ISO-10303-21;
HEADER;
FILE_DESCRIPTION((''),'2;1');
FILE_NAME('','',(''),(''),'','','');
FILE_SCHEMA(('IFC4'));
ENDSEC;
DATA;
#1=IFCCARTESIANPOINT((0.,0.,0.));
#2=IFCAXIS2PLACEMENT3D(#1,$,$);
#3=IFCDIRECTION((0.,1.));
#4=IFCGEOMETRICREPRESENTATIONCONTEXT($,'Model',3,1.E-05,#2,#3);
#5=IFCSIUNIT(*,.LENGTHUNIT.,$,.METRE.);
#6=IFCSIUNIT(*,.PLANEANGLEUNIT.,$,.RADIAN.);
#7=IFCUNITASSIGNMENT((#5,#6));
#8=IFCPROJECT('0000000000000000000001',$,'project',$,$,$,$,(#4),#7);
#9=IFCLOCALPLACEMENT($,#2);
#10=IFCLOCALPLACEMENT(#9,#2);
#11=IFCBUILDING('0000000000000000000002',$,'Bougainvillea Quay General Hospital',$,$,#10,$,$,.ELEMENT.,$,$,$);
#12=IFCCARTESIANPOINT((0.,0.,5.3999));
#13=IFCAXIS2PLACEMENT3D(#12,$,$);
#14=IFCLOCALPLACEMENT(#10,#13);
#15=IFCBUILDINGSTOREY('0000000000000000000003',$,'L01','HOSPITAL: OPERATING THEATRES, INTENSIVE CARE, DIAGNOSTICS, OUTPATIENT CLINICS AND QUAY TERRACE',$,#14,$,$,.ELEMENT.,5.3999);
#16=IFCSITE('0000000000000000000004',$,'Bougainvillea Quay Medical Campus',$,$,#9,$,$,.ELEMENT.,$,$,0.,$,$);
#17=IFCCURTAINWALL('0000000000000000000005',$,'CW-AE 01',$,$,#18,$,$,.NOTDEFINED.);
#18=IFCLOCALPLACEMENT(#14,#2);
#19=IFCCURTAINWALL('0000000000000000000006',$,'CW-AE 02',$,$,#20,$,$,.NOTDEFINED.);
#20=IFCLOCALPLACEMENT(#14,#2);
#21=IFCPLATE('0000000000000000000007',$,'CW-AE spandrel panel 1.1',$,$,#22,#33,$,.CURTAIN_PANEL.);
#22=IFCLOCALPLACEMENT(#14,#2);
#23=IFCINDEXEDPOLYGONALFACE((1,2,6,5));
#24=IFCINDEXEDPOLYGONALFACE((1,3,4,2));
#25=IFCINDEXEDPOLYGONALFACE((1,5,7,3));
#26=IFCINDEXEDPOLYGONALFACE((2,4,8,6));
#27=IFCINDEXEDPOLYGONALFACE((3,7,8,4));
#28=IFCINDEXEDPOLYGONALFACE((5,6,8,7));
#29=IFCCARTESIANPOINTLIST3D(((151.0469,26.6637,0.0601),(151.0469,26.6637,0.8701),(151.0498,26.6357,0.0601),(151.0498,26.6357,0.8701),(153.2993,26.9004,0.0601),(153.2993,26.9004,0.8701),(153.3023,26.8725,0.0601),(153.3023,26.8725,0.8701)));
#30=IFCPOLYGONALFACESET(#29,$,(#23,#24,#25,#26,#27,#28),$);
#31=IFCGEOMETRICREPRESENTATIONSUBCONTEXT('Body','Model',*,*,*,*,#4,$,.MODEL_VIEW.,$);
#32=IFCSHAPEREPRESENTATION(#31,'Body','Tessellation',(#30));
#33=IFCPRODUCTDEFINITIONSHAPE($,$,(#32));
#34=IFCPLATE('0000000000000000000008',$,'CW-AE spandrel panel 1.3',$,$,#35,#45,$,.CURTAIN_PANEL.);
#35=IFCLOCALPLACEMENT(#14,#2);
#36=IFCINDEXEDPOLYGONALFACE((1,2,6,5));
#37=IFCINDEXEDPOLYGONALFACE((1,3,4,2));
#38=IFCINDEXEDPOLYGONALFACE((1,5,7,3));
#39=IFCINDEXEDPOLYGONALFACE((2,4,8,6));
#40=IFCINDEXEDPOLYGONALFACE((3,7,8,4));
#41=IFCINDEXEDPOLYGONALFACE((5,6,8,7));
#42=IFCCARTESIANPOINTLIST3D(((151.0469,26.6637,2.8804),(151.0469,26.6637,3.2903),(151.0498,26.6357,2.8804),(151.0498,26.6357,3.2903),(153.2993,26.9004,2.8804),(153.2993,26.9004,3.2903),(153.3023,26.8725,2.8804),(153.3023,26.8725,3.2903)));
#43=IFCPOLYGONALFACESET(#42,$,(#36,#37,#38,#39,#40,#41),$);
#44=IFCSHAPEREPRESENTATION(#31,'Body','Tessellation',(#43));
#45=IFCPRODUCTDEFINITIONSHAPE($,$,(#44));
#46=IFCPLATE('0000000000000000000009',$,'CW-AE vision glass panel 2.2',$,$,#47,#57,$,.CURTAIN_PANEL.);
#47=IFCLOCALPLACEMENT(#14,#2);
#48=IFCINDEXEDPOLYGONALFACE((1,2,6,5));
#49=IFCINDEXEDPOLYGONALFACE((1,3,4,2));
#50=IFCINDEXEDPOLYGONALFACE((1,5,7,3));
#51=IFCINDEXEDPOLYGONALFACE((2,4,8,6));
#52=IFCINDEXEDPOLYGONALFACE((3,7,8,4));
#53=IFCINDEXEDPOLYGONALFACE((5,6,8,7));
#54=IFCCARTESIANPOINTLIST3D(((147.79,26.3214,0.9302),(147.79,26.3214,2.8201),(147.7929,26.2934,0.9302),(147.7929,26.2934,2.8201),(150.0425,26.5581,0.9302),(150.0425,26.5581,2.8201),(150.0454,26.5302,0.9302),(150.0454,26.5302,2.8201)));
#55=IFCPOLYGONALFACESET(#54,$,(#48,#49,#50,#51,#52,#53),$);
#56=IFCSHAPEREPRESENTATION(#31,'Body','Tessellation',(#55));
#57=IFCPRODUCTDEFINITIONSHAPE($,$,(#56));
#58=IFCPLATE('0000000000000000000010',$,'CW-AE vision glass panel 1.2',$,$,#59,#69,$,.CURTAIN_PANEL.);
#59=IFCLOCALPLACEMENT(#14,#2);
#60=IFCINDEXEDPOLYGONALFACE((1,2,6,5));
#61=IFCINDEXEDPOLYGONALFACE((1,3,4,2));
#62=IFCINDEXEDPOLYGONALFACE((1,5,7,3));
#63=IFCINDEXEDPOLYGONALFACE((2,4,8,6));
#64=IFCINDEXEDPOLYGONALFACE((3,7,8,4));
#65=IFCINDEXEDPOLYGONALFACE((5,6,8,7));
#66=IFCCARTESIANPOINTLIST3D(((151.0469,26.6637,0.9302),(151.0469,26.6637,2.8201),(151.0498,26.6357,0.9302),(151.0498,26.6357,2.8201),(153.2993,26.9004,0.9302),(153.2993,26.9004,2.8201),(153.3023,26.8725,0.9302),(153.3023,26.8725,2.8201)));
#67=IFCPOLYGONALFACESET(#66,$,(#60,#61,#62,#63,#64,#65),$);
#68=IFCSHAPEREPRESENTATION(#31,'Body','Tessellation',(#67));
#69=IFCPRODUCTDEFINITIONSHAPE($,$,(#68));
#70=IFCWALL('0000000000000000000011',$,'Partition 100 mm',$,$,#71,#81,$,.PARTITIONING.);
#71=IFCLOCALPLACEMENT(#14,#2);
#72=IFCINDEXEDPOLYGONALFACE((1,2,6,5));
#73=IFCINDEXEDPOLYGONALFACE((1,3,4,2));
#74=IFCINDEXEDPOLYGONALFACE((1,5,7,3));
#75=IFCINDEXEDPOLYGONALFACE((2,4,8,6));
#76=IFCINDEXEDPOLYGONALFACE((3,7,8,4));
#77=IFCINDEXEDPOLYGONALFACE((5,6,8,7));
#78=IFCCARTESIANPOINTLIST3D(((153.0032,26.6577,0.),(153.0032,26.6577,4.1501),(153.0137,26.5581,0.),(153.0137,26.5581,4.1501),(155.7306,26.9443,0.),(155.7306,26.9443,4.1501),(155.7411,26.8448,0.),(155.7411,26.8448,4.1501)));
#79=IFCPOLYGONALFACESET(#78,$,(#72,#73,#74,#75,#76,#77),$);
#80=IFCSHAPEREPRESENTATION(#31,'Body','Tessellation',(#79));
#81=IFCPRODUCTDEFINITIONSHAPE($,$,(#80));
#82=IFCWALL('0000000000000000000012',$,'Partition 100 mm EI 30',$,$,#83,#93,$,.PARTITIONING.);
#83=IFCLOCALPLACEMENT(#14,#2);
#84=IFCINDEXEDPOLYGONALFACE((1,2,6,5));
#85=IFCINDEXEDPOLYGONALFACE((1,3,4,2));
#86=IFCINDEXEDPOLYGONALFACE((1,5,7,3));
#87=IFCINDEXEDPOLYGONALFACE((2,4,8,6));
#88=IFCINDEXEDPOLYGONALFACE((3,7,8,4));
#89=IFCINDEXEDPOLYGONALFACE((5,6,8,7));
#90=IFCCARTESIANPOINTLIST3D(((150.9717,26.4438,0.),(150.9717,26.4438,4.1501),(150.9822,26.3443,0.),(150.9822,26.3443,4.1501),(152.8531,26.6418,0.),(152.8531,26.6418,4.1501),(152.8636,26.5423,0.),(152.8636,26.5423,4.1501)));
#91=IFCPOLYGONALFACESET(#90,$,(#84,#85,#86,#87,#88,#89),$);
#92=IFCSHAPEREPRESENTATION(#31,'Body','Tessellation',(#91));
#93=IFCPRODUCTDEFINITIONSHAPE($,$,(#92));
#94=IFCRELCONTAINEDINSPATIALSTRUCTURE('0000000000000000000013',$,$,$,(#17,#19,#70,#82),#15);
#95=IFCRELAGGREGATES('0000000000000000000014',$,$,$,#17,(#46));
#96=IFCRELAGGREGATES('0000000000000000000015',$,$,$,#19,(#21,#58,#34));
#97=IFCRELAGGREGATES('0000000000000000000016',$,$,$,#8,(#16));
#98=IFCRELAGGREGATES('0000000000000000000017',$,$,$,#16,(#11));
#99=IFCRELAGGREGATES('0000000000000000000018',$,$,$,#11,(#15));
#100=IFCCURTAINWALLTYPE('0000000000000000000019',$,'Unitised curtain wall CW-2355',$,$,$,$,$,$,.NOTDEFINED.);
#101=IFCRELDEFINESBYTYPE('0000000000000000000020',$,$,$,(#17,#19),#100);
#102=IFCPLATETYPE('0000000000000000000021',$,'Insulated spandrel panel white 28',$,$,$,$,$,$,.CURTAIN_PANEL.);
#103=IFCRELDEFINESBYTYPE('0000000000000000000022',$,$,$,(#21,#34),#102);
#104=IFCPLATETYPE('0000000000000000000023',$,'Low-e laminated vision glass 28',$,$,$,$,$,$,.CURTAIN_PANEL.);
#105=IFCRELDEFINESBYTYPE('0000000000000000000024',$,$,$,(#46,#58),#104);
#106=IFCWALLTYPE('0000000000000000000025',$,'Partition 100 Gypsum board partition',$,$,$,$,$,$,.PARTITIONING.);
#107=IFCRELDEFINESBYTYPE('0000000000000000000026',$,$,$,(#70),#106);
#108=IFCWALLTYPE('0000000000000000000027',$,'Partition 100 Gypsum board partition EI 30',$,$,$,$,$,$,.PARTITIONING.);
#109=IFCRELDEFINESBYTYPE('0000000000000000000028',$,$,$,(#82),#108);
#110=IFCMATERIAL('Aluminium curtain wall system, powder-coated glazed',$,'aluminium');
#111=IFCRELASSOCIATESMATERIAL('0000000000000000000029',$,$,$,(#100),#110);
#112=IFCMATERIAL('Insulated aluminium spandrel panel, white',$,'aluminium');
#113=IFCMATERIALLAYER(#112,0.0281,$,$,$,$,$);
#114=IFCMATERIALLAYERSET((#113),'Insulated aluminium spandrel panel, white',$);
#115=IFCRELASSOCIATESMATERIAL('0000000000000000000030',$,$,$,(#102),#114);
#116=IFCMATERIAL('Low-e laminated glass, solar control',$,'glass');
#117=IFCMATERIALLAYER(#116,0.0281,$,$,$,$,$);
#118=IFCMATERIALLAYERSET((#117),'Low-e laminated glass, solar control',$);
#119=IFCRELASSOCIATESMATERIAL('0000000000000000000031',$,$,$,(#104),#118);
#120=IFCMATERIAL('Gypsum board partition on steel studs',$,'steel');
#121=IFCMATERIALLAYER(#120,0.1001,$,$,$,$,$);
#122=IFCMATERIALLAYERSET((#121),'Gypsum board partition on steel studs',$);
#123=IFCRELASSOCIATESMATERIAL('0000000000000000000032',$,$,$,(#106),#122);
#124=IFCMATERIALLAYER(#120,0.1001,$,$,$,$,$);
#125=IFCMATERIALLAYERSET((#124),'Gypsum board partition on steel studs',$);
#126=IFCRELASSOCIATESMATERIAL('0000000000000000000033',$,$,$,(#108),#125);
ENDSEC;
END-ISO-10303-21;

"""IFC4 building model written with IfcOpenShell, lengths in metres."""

from ifc_helpers import new_model, si_unit, direction, frame, frame_2d, origin, origin_2d, place, context, subcontext, project, spatial, rectangle, extrude, material, layer, layer_set, type_object, element, aggregate, save


model = new_model("IFC4")

# Units and contexts
model_context = context("Model", 3, precision=1e-05, world=origin(), true_north=direction((0.0, 1.0)))
body_context = subcontext(model_context, "Body", "Model", "MODEL_VIEW")
ifc_project = project(units=[si_unit("LENGTHUNIT", "METRE"), si_unit("PLANEANGLEUNIT", "RADIAN")], contexts=[model_context])

# Site, building, storey
site_placement = place(None, origin())
site = spatial("IfcSite", under=ifc_project, at=site_placement, Name="Bougainvillea Quay Medical Campus", CompositionType="ELEMENT", RefElevation=0.0)
building_placement = place(site_placement, origin())
building = spatial("IfcBuilding", under=site, at=building_placement, Name="Bougainvillea Quay General Hospital", CompositionType="ELEMENT")
storey_placement = place(building_placement, frame((0.0, 0.0, 5.3999)))
storey = spatial("IfcBuildingStorey", under=building, at=storey_placement, Name="L01", Description="HOSPITAL: OPERATING THEATRES, INTENSIVE CARE, DIAGNOSTICS, OUTPATIENT CLINICS AND QUAY TERRACE", CompositionType="ELEMENT", Elevation=5.3999)

# Curtain wall
ifc_material_1 = material(Name="Aluminium curtain wall system, powder-coated glazed", Category="aluminium")
curtain_wall_type = type_object("IfcCurtainWallType", Name="Unitised curtain wall CW-2355", PredefinedType="NOTDEFINED", material=ifc_material_1)
curtain_wall_1_placement = place(storey_placement, origin())
curtain_wall_1 = element("IfcCurtainWall", 1, at=curtain_wall_1_placement, inside=storey, type_object=curtain_wall_type, Name="CW-AE 01", PredefinedType="NOTDEFINED")

# Curtain wall
curtain_wall_2_placement = place(storey_placement, origin())
curtain_wall_2 = element("IfcCurtainWall", 2, at=curtain_wall_2_placement, inside=storey, type_object=curtain_wall_type, Name="CW-AE 02", PredefinedType="NOTDEFINED")

# Plates
ifc_material_2 = material(Name="Insulated aluminium spandrel panel, white", Category="aluminium")
ifc_layer_1 = layer(ifc_material_2, 0.0281)
ifc_layer_set_1 = layer_set([ifc_layer_1], Name="Insulated aluminium spandrel panel, white")
plate_type_1 = type_object("IfcPlateType", Name="Insulated spandrel panel white 28", PredefinedType="CURTAIN_PANEL", material=ifc_layer_set_1)
plate_1_placement = place(storey_placement, frame((152.1746, 26.7681, 0.0601), z_axis=(0.0, 0.0, 1.0), x_axis=(0.994522, 0.104527, 0.0)))
plate_1 = element("IfcPlate", 3, at=plate_1_placement, type_object=plate_type_1, Name="CW-AE spandrel panel 1.1", PredefinedType="CURTAIN_PANEL", context=body_context, shape_type="SweptSolid", body=[
    extrude(rectangle(XDim=2.2649, YDim=0.0281, at=origin_2d()), origin(), (0.0, 0.0, 1.0), 0.8101),
])
plate_2_placement = place(storey_placement, frame((152.1746, 26.7681, 2.8804), z_axis=(0.0, 0.0, 1.0), x_axis=(0.994522, 0.104527, 0.0)))
plate_2 = element("IfcPlate", 4, at=plate_2_placement, type_object=plate_type_1, Name="CW-AE spandrel panel 1.3", PredefinedType="CURTAIN_PANEL", context=body_context, shape_type="SweptSolid", body=[
    extrude(rectangle(XDim=2.2649, YDim=0.0281, at=origin_2d()), origin(), (0.0, 0.0, 1.0), 0.4099),
])
ifc_material_3 = material(Name="Low-e laminated glass, solar control", Category="glass")
ifc_layer_2 = layer(ifc_material_3, 0.0281)
ifc_layer_set_2 = layer_set([ifc_layer_2], Name="Low-e laminated glass, solar control")
plate_type_2 = type_object("IfcPlateType", Name="Low-e laminated vision glass 28", PredefinedType="CURTAIN_PANEL", material=ifc_layer_set_2)
plate_3_placement = place(storey_placement, frame((148.9177, 26.4258, 0.9302), z_axis=(0.0, 0.0, 1.0), x_axis=(0.994522, 0.104527, 0.0)))
plate_3 = element("IfcPlate", 5, at=plate_3_placement, type_object=plate_type_2, Name="CW-AE vision glass panel 2.2", PredefinedType="CURTAIN_PANEL", context=body_context, shape_type="SweptSolid", body=[
    extrude(rectangle(XDim=2.2649, YDim=0.0281, at=origin_2d()), origin(), (0.0, 0.0, 1.0), 1.8899),
])
aggregate(curtain_wall_1, [plate_3])
plate_4_placement = place(storey_placement, frame((152.1746, 26.7681, 0.9302), z_axis=(0.0, 0.0, 1.0), x_axis=(0.994522, 0.104527, 0.0)))
plate_4 = element("IfcPlate", 6, at=plate_4_placement, type_object=plate_type_2, Name="CW-AE vision glass panel 1.2", PredefinedType="CURTAIN_PANEL", context=body_context, shape_type="SweptSolid", body=[
    extrude(rectangle(XDim=2.2649, YDim=0.0281, at=origin_2d()), origin(), (0.0, 0.0, 1.0), 1.8899),
])
aggregate(curtain_wall_2, [plate_1, plate_4, plate_2])

# Walls
ifc_material_4 = material(Name="Gypsum board partition on steel studs", Category="steel")
ifc_layer_3 = layer(ifc_material_4, 0.1001)
ifc_layer_set_3 = layer_set([ifc_layer_3], Name="Gypsum board partition on steel studs")
wall_type_1 = type_object("IfcWallType", Name="Partition 100 Gypsum board partition", PredefinedType="PARTITIONING", material=ifc_layer_set_3)
wall_1_placement = place(storey_placement, frame((153.0085, 26.6079, 0.0), z_axis=(0.0, 0.0, 1.0), x_axis=(0.994523, 0.104518, 0.0)))
element("IfcWall", 7, at=wall_1_placement, inside=storey, type_object=wall_type_1, Name="Partition 100 mm", PredefinedType="PARTITIONING", context=body_context, shape_type="SweptSolid", body=[
    extrude(rectangle(XDim=2.7424, YDim=0.1001, at=frame_2d((1.3711, 0.0))), origin(), (0.0, 0.0, 1.0), 4.1501),
])
ifc_layer_4 = layer(ifc_material_4, 0.1001)
ifc_layer_set_4 = layer_set([ifc_layer_4], Name="Gypsum board partition on steel studs")
wall_type_2 = type_object("IfcWallType", Name="Partition 100 Gypsum board partition EI 30", PredefinedType="PARTITIONING", material=ifc_layer_set_4)
wall_2_placement = place(storey_placement, frame((150.9771, 26.394, 0.0), z_axis=(0.0, 0.0, 1.0), x_axis=(0.994508, 0.104665, 0.0)))
element("IfcWall", 8, at=wall_2_placement, inside=storey, type_object=wall_type_2, Name="Partition 100 mm EI 30", PredefinedType="PARTITIONING", context=body_context, shape_type="SweptSolid", body=[
    extrude(rectangle(XDim=1.8918, YDim=0.1001, at=frame_2d((0.9458, 0.0))), origin(), (0.0, 0.0, 1.0), 4.1501),
])

save(model, "model.ifc")
